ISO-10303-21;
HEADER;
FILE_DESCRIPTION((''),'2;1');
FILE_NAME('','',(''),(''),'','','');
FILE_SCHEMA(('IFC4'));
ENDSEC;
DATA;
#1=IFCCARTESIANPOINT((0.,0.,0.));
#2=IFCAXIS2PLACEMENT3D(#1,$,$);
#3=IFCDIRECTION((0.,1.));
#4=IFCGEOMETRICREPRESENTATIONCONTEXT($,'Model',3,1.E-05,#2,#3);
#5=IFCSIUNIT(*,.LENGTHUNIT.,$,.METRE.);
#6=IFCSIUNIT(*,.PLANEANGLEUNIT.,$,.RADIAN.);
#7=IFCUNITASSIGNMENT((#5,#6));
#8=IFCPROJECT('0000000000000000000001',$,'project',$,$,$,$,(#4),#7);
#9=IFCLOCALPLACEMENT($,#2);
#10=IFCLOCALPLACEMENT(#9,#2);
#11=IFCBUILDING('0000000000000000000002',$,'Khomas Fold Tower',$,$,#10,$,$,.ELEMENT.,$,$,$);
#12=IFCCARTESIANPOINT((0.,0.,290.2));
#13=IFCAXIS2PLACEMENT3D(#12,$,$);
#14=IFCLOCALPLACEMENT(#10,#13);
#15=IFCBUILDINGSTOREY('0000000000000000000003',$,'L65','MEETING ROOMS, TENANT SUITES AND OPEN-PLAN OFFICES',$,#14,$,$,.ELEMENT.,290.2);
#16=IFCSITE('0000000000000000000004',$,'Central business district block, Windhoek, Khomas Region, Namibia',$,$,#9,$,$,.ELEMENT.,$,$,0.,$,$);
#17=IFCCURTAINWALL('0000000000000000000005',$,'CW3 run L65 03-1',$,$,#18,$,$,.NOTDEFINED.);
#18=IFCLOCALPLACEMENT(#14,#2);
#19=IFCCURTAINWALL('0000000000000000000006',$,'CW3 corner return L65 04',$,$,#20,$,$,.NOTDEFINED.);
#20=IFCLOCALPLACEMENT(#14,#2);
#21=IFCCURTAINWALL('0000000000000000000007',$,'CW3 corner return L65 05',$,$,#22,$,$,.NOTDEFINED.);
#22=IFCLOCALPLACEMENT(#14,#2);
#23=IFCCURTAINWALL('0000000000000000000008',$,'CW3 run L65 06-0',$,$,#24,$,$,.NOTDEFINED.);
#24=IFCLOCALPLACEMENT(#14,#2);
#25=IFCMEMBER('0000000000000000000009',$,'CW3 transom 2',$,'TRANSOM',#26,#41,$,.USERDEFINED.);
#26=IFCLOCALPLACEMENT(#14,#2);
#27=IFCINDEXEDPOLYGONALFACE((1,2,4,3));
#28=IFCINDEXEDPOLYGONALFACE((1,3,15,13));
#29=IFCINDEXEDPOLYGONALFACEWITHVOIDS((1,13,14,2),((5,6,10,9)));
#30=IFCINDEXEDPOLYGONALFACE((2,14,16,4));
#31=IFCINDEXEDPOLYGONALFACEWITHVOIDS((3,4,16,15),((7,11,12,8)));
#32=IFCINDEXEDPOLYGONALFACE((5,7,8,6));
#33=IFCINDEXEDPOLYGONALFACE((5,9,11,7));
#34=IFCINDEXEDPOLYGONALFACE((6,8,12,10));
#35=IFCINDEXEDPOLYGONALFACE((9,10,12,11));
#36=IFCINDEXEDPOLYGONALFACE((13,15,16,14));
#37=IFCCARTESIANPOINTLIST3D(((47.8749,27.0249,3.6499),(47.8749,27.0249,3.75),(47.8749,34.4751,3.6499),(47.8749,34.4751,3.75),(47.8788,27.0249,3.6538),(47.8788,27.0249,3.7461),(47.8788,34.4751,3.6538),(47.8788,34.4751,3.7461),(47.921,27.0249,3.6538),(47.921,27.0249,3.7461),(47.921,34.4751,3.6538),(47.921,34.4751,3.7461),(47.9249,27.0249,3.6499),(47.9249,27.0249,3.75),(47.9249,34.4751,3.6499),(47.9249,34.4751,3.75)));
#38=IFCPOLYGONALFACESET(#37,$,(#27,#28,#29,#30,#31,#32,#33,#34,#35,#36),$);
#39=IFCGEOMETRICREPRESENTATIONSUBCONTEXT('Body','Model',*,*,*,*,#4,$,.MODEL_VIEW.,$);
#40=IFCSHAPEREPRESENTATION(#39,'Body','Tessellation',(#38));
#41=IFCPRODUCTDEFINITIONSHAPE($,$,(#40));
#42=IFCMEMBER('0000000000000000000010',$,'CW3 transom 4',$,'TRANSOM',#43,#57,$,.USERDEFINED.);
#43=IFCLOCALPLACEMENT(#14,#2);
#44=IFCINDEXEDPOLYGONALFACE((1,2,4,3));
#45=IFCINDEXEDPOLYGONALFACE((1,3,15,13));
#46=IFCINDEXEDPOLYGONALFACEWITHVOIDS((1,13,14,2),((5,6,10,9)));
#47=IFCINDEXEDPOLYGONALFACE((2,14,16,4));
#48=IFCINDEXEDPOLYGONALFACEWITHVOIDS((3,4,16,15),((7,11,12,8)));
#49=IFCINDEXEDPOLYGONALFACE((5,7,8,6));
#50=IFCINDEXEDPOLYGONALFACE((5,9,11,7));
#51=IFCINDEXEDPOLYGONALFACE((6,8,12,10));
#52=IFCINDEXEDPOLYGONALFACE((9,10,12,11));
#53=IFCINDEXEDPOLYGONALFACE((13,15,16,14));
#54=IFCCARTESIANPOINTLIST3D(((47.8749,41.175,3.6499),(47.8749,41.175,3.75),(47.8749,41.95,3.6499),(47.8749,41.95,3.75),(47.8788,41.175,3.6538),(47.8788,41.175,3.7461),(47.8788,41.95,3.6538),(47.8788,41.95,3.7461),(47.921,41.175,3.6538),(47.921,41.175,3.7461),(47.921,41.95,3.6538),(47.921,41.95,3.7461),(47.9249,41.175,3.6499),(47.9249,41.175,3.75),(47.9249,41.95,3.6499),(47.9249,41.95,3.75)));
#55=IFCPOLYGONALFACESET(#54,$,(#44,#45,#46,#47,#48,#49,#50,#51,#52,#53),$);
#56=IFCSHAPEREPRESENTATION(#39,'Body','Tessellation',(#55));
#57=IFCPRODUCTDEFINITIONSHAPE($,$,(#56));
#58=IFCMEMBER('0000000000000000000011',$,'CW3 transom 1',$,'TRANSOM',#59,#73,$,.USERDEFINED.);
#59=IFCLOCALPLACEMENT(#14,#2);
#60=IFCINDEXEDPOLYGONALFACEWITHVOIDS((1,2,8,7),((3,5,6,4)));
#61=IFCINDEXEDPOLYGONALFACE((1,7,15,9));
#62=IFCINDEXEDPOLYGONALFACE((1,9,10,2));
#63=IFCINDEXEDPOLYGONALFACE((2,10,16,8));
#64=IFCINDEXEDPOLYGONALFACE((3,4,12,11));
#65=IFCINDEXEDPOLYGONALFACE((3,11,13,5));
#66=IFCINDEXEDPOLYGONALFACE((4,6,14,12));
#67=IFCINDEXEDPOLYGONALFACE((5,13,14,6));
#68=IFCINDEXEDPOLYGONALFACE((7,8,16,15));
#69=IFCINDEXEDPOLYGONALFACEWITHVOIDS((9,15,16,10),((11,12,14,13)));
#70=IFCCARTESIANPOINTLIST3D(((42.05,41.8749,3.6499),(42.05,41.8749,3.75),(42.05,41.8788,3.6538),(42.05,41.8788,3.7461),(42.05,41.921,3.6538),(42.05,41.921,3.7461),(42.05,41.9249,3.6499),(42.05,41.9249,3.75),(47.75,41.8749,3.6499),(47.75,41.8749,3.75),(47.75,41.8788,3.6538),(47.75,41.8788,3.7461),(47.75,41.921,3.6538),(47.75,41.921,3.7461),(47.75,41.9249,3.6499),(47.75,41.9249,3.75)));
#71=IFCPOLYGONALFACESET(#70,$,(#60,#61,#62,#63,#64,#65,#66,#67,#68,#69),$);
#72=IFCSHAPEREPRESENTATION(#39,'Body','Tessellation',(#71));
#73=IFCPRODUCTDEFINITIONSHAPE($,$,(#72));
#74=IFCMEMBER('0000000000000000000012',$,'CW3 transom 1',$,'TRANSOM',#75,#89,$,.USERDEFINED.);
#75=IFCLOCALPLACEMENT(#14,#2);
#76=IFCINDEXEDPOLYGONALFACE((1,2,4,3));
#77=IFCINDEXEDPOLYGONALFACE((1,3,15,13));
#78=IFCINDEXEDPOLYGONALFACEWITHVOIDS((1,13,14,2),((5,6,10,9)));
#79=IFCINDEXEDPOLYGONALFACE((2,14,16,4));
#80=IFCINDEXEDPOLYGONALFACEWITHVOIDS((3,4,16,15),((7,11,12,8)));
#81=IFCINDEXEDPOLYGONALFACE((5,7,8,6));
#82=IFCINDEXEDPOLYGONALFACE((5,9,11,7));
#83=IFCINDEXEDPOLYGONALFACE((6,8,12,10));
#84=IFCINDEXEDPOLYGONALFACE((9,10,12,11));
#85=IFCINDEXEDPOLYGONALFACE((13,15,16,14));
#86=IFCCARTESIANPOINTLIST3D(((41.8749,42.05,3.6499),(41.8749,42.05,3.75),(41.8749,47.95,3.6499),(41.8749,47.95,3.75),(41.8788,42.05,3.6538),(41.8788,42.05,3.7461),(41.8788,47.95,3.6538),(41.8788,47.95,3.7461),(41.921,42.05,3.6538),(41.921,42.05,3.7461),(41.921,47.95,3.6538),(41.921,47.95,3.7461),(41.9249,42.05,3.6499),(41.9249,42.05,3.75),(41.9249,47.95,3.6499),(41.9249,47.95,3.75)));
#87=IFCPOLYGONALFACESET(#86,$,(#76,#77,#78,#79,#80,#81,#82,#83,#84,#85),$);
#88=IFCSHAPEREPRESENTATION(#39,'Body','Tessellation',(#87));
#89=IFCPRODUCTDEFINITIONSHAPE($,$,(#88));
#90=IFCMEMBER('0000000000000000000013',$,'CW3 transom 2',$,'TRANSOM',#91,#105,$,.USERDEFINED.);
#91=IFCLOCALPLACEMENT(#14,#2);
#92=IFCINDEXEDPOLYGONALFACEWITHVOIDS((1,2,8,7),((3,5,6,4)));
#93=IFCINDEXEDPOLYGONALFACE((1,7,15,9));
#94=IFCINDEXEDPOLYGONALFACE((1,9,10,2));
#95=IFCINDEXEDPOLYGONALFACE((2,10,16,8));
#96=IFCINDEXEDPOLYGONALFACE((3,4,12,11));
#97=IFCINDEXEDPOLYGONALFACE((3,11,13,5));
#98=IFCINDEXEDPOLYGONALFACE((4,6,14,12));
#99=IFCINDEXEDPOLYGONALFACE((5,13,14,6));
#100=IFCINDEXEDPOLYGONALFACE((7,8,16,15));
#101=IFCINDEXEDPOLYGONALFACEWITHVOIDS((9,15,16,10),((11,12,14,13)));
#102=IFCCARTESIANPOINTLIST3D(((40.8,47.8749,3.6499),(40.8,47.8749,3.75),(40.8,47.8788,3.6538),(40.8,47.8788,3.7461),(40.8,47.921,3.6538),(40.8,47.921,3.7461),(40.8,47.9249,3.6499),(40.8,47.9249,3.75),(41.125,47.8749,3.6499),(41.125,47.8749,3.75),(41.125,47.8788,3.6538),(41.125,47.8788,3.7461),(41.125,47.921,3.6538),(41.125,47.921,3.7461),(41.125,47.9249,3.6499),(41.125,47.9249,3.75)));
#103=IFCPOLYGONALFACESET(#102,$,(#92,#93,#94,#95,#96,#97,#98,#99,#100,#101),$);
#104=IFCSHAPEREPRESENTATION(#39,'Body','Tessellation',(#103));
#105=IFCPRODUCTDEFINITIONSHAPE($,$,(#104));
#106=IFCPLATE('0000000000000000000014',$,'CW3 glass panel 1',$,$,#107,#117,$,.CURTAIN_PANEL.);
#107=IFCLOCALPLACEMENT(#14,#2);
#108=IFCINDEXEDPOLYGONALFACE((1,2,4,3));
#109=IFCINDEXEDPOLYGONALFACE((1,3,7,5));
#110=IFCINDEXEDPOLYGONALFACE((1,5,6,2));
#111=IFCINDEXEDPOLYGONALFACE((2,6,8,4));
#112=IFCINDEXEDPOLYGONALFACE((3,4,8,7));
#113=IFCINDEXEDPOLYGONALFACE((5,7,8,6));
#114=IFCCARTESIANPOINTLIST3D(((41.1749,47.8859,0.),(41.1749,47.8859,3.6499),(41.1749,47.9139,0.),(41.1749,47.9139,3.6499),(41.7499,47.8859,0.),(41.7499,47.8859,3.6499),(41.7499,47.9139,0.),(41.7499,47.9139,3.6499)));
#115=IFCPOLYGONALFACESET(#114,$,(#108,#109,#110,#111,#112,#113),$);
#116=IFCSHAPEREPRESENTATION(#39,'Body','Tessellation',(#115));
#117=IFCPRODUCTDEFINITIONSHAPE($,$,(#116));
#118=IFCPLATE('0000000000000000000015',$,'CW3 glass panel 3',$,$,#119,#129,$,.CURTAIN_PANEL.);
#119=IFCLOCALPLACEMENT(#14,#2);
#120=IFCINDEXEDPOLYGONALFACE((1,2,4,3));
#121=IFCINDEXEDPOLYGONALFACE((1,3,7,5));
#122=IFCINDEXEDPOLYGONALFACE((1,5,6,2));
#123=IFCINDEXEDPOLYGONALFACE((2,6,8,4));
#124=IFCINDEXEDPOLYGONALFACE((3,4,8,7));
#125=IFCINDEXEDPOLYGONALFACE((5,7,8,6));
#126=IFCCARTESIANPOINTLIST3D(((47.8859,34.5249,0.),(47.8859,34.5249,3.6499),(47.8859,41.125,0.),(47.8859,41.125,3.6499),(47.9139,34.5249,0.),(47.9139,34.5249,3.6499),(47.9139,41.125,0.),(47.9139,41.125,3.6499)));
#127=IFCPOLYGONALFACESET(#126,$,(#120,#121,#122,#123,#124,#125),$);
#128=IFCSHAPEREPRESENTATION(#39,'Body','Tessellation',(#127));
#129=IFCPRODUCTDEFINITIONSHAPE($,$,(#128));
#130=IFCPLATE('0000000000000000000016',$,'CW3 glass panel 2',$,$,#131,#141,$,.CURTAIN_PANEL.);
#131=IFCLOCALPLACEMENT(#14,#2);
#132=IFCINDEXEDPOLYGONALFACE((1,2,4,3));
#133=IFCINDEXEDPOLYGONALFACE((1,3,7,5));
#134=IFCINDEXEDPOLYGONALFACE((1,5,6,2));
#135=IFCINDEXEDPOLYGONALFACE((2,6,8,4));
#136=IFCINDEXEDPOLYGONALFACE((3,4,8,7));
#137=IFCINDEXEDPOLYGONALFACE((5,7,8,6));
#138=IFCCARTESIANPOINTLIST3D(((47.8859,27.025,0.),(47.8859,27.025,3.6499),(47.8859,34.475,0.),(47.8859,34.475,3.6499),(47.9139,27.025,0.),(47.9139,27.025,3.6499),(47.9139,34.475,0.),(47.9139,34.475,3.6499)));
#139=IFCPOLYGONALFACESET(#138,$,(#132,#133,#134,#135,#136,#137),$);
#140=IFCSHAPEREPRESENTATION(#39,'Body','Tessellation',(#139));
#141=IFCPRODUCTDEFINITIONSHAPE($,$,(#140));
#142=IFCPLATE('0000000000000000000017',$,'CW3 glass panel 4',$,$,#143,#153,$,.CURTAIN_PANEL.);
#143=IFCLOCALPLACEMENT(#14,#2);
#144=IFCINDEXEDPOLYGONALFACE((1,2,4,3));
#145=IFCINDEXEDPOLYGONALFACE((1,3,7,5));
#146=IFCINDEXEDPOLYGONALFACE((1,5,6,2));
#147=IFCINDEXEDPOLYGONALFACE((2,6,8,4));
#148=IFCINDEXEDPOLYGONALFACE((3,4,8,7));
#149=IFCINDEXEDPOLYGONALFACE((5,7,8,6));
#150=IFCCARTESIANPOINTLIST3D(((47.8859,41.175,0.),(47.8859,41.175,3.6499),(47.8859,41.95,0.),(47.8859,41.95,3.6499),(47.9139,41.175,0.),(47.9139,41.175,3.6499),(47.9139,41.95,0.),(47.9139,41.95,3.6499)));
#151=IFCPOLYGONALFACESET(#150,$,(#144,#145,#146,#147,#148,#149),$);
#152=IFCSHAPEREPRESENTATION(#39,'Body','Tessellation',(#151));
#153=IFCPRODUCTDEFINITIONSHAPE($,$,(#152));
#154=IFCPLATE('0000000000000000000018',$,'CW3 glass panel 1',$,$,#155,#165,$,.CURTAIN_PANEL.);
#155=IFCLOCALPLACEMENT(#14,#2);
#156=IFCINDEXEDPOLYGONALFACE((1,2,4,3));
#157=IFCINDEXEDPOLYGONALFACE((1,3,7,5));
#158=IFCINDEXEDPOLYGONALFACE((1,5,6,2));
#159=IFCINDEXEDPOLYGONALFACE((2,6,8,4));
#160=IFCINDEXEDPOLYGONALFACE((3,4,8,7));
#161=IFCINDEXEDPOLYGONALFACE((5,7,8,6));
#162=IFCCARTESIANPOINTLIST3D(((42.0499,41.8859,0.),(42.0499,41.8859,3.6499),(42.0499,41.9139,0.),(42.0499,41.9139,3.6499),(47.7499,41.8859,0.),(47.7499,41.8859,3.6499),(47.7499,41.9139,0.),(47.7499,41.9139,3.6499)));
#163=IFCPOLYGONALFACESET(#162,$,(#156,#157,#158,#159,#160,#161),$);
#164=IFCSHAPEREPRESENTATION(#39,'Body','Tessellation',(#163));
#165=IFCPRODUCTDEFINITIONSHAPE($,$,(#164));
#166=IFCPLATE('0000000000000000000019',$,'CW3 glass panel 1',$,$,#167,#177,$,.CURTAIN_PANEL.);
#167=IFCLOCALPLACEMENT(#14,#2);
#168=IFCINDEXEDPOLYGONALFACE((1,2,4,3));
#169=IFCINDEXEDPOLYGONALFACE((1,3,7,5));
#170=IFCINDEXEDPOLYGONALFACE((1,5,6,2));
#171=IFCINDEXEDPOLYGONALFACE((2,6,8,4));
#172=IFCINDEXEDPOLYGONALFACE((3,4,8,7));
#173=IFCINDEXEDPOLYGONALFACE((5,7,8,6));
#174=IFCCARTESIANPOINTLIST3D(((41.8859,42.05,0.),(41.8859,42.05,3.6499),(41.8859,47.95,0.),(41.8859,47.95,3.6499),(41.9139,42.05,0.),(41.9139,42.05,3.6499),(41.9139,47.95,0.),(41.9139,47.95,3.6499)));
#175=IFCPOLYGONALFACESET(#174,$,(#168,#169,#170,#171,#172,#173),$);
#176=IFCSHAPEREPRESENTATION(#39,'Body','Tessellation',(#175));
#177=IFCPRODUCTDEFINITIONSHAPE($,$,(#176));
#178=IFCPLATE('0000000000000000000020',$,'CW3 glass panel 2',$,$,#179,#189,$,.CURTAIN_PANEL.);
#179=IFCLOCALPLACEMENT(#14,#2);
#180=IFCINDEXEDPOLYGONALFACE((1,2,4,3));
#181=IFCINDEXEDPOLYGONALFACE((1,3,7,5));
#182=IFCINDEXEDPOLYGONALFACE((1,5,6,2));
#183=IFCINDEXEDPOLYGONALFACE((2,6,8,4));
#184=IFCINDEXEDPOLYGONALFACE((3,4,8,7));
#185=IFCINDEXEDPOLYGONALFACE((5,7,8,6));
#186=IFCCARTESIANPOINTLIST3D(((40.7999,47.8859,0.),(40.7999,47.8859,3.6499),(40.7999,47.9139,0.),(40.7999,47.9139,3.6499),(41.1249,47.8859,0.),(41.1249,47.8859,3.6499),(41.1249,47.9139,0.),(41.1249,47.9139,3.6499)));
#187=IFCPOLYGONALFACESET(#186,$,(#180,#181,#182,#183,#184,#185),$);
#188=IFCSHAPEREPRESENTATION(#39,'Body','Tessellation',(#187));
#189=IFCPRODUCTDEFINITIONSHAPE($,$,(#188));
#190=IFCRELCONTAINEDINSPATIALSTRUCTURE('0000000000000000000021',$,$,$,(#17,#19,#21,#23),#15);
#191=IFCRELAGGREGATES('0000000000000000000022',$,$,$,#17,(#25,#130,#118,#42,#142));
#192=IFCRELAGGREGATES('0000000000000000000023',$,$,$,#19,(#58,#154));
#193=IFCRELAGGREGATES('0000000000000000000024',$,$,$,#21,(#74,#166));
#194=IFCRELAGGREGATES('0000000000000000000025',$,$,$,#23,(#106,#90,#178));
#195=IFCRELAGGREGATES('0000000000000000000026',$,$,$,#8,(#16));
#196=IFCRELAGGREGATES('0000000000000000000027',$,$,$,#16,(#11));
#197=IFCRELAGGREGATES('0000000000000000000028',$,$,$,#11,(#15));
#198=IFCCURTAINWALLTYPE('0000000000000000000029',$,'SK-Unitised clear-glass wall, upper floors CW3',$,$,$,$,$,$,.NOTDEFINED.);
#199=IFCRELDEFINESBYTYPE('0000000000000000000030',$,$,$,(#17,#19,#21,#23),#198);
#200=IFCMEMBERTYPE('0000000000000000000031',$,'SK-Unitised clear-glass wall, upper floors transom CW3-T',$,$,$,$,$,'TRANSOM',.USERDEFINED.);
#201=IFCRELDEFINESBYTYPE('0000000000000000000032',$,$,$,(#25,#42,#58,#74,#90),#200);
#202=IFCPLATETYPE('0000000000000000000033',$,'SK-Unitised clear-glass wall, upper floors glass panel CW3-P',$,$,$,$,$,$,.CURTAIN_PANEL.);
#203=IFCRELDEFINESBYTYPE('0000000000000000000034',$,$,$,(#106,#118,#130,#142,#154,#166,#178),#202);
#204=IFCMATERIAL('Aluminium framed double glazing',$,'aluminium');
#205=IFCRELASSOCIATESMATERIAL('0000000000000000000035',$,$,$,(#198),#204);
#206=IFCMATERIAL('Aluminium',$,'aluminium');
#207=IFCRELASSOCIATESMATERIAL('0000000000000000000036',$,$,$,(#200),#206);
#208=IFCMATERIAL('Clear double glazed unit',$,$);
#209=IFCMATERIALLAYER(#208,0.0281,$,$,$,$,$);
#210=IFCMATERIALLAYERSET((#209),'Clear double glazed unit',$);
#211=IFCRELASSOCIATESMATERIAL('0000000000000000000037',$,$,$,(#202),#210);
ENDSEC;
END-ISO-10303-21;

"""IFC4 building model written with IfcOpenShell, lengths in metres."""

from ifc_helpers import new_model, si_unit, direction, frame, origin, origin_2d, place, context, subcontext, project, spatial, rectangle, hollow_rectangle, extrude, source, transform, mapped, material, layer, layer_set, material_profile, profile_set, type_object, element, aggregate, save


model = new_model("IFC4")

# Units and contexts
model_context = context("Model", 3, precision=1e-05, world=origin(), true_north=direction((0.0, 1.0)))
body_context = subcontext(model_context, "Body", "Model", "MODEL_VIEW")
ifc_project = project(units=[si_unit("LENGTHUNIT", "METRE"), si_unit("PLANEANGLEUNIT", "RADIAN")], contexts=[model_context])

# Site, building, storey
site_placement = place(None, origin())
site = spatial("IfcSite", under=ifc_project, at=site_placement, Name="Central business district block, Windhoek, Khomas Region, Namibia", CompositionType="ELEMENT", RefElevation=0.0)
building_placement = place(site_placement, origin())
building = spatial("IfcBuilding", under=site, at=building_placement, Name="Khomas Fold Tower", CompositionType="ELEMENT")
storey_placement = place(building_placement, frame((0.0, 0.0, 290.2)))
storey = spatial("IfcBuildingStorey", under=building, at=storey_placement, Name="L65", Description="MEETING ROOMS, TENANT SUITES AND OPEN-PLAN OFFICES", CompositionType="ELEMENT", Elevation=290.2)

# Curtain walls
ifc_material_1 = material(Name="Aluminium framed double glazing", Category="aluminium")
curtain_wall_type = type_object("IfcCurtainWallType", Name="SK-Unitised clear-glass wall, upper floors CW3", PredefinedType="NOTDEFINED", material=ifc_material_1)
curtain_wall_1_placement = place(storey_placement, origin())
curtain_wall_1 = element("IfcCurtainWall", 1, at=curtain_wall_1_placement, inside=storey, type_object=curtain_wall_type, Name="CW3 run L65 03-1", PredefinedType="NOTDEFINED")
curtain_wall_2_placement = place(storey_placement, origin())
curtain_wall_2 = element("IfcCurtainWall", 2, at=curtain_wall_2_placement, inside=storey, type_object=curtain_wall_type, Name="CW3 corner return L65 04", PredefinedType="NOTDEFINED")
curtain_wall_3_placement = place(storey_placement, origin())
curtain_wall_3 = element("IfcCurtainWall", 3, at=curtain_wall_3_placement, inside=storey, type_object=curtain_wall_type, Name="CW3 corner return L65 05", PredefinedType="NOTDEFINED")
curtain_wall_4_placement = place(storey_placement, origin())
curtain_wall_4 = element("IfcCurtainWall", 4, at=curtain_wall_4_placement, inside=storey, type_object=curtain_wall_type, Name="CW3 run L65 06-0", PredefinedType="NOTDEFINED")
ifc_material_2 = material(Name="Aluminium", Category="aluminium")
ifc_material_profile_1 = material_profile(ifc_material_2, hollow_rectangle(XDim=0.05, YDim=0.1001, WallThickness=0.0039, at=origin_2d()), Name="SK-Unitised clear-glass wall, upper floors transom CW3-T")
ifc_profile_set_1 = profile_set([ifc_material_profile_1], Name="Aluminium")
member_type_1 = type_object("IfcMemberType", Name="SK-Unitised clear-glass wall, upper floors transom CW3-T", ElementType="TRANSOM", PredefinedType="USERDEFINED", material=ifc_profile_set_1)

# Members
shared_shape_1 = source(origin(), body_context, "Body", "SweptSolid", [
    extrude(hollow_rectangle(XDim=0.05, YDim=0.1001, WallThickness=0.0039, at=origin_2d()), origin(), (0.0, 0.0, 1.0), 7.4502),
])
member_1_placement = place(storey_placement, frame((47.8999, 27.0249, 3.7), z_axis=(0.0, 1.0, 0.0), x_axis=(-1.0, 0.0, 0.0)))
member_1 = element("IfcMember", 5, at=member_1_placement, type_object=member_type_1, Name="CW3 transom 2", ObjectType="TRANSOM", PredefinedType="USERDEFINED", context=body_context, shape_type="MappedRepresentation", body=[
    mapped(shared_shape_1, transform((0.0, 0.0, 0.0))),
])
shared_shape_2 = source(origin(), body_context, "Body", "SweptSolid", [
    extrude(hollow_rectangle(XDim=0.05, YDim=0.1001, WallThickness=0.0039, at=origin_2d()), origin(), (0.0, 0.0, 1.0), 0.7749),
])
member_2_placement = place(storey_placement, frame((47.8999, 41.175, 3.7), z_axis=(0.0, 1.0, 0.0), x_axis=(-1.0, 0.0, 0.0)))
member_2 = element("IfcMember", 6, at=member_2_placement, type_object=member_type_1, Name="CW3 transom 4", ObjectType="TRANSOM", PredefinedType="USERDEFINED", context=body_context, shape_type="MappedRepresentation", body=[
    mapped(shared_shape_2, transform((0.0, 0.0, 0.0))),
])
shared_shape_3 = source(origin(), body_context, "Body", "SweptSolid", [
    extrude(hollow_rectangle(XDim=0.05, YDim=0.1001, WallThickness=0.0039, at=origin_2d()), origin(), (0.0, 0.0, 1.0), 5.7),
])
member_3_placement = place(storey_placement, frame((47.75, 41.8999, 3.7), z_axis=(-1.0, 0.0, 0.0), x_axis=(0.0, -1.0, 0.0)))
member_3 = element("IfcMember", 7, at=member_3_placement, type_object=member_type_1, Name="CW3 transom 1", ObjectType="TRANSOM", PredefinedType="USERDEFINED", context=body_context, shape_type="MappedRepresentation", body=[
    mapped(shared_shape_3, transform((0.0, 0.0, 0.0))),
])
shared_shape_4 = source(origin(), body_context, "Body", "SweptSolid", [
    extrude(hollow_rectangle(XDim=0.05, YDim=0.1001, WallThickness=0.0039, at=origin_2d()), origin(), (0.0, 0.0, 1.0), 5.8999),
])
member_4_placement = place(storey_placement, frame((41.8999, 42.05, 3.7), z_axis=(0.0, 1.0, 0.0), x_axis=(-1.0, 0.0, 0.0)))
member_4 = element("IfcMember", 8, at=member_4_placement, type_object=member_type_1, Name="CW3 transom 1", ObjectType="TRANSOM", PredefinedType="USERDEFINED", context=body_context, shape_type="MappedRepresentation", body=[
    mapped(shared_shape_4, transform((0.0, 0.0, 0.0))),
])
shared_shape_5 = source(origin(), body_context, "Body", "SweptSolid", [
    extrude(hollow_rectangle(XDim=0.05, YDim=0.1001, WallThickness=0.0039, at=origin_2d()), origin(), (0.0, 0.0, 1.0), 0.325),
])
member_5_placement = place(storey_placement, frame((41.125, 47.8999, 3.7), z_axis=(-1.0, 0.0, 0.0), x_axis=(0.0, -1.0, 0.0)))
member_5 = element("IfcMember", 9, at=member_5_placement, type_object=member_type_1, Name="CW3 transom 2", ObjectType="TRANSOM", PredefinedType="USERDEFINED", context=body_context, shape_type="MappedRepresentation", body=[
    mapped(shared_shape_5, transform((0.0, 0.0, 0.0))),
])

# Plates
ifc_material_3 = material(Name="Clear double glazed unit")
ifc_layer_1 = layer(ifc_material_3, 0.0281)
ifc_layer_set_1 = layer_set([ifc_layer_1], Name="Clear double glazed unit")
plate_type = type_object("IfcPlateType", Name="SK-Unitised clear-glass wall, upper floors glass panel CW3-P", PredefinedType="CURTAIN_PANEL", material=ifc_layer_set_1)
shared_shape_6 = source(origin(), body_context, "Body", "SweptSolid", [
    extrude(rectangle(XDim=0.575, YDim=0.0281, at=origin_2d()), origin(), (0.0, 0.0, 1.0), 3.6499),
])
plate_1_placement = place(storey_placement, frame((41.4624, 47.8999, 0.0), z_axis=(0.0, 0.0, 1.0), x_axis=(-1.0, 0.0, 0.0)))
plate_1 = element("IfcPlate", 10, at=plate_1_placement, type_object=plate_type, Name="CW3 glass panel 1", PredefinedType="CURTAIN_PANEL", context=body_context, shape_type="MappedRepresentation", body=[
    mapped(shared_shape_6, transform((0.0, 0.0, 0.0))),
])
shared_shape_7 = source(origin(), body_context, "Body", "SweptSolid", [
    extrude(rectangle(XDim=6.6001, YDim=0.0281, at=origin_2d()), origin(), (0.0, 0.0, 1.0), 3.6499),
])
plate_2_placement = place(storey_placement, frame((47.8999, 37.825, 0.0), z_axis=(0.0, 0.0, 1.0), x_axis=(0.0, 1.0, 0.0)))
plate_2 = element("IfcPlate", 11, at=plate_2_placement, type_object=plate_type, Name="CW3 glass panel 3", PredefinedType="CURTAIN_PANEL", context=body_context, shape_type="MappedRepresentation", body=[
    mapped(shared_shape_7, transform((0.0, 0.0, 0.0))),
])
shared_shape_8 = source(origin(), body_context, "Body", "SweptSolid", [
    extrude(rectangle(XDim=7.45, YDim=0.0281, at=origin_2d()), origin(), (0.0, 0.0, 1.0), 3.6499),
])
plate_3_placement = place(storey_placement, frame((47.8999, 30.75, 0.0), z_axis=(0.0, 0.0, 1.0), x_axis=(0.0, 1.0, 0.0)))
plate_3 = element("IfcPlate", 12, at=plate_3_placement, type_object=plate_type, Name="CW3 glass panel 2", PredefinedType="CURTAIN_PANEL", context=body_context, shape_type="MappedRepresentation", body=[
    mapped(shared_shape_8, transform((0.0, 0.0, 0.0))),
])
shared_shape_9 = source(origin(), body_context, "Body", "SweptSolid", [
    extrude(rectangle(XDim=0.7749, YDim=0.0281, at=origin_2d()), origin(), (0.0, 0.0, 1.0), 3.6499),
])
plate_4_placement = place(storey_placement, frame((47.8999, 41.5625, 0.0), z_axis=(0.0, 0.0, 1.0), x_axis=(0.0, 1.0, 0.0)))
plate_4 = element("IfcPlate", 13, at=plate_4_placement, type_object=plate_type, Name="CW3 glass panel 4", PredefinedType="CURTAIN_PANEL", context=body_context, shape_type="MappedRepresentation", body=[
    mapped(shared_shape_9, transform((0.0, 0.0, 0.0))),
])
aggregate(curtain_wall_1, [member_1, plate_3, plate_2, member_2, plate_4])
shared_shape_10 = source(origin(), body_context, "Body", "SweptSolid", [
    extrude(rectangle(XDim=5.7, YDim=0.0281, at=origin_2d()), origin(), (0.0, 0.0, 1.0), 3.6499),
])
plate_5_placement = place(storey_placement, frame((44.8999, 41.8999, 0.0), z_axis=(0.0, 0.0, 1.0), x_axis=(-1.0, 0.0, 0.0)))
plate_5 = element("IfcPlate", 14, at=plate_5_placement, type_object=plate_type, Name="CW3 glass panel 1", PredefinedType="CURTAIN_PANEL", context=body_context, shape_type="MappedRepresentation", body=[
    mapped(shared_shape_10, transform((0.0, 0.0, 0.0))),
])
aggregate(curtain_wall_2, [member_3, plate_5])
shared_shape_11 = source(origin(), body_context, "Body", "SweptSolid", [
    extrude(rectangle(XDim=5.8999, YDim=0.0281, at=origin_2d()), origin(), (0.0, 0.0, 1.0), 3.6499),
])
plate_6_placement = place(storey_placement, frame((41.8999, 45.0, 0.0), z_axis=(0.0, 0.0, 1.0), x_axis=(0.0, 1.0, 0.0)))
plate_6 = element("IfcPlate", 15, at=plate_6_placement, type_object=plate_type, Name="CW3 glass panel 1", PredefinedType="CURTAIN_PANEL", context=body_context, shape_type="MappedRepresentation", body=[
    mapped(shared_shape_11, transform((0.0, 0.0, 0.0))),
])
aggregate(curtain_wall_3, [member_4, plate_6])
shared_shape_12 = source(origin(), body_context, "Body", "SweptSolid", [
    extrude(rectangle(XDim=0.325, YDim=0.0281, at=origin_2d()), origin(), (0.0, 0.0, 1.0), 3.6499),
])
plate_7_placement = place(storey_placement, frame((40.9624, 47.8999, 0.0), z_axis=(0.0, 0.0, 1.0), x_axis=(-1.0, 0.0, 0.0)))
plate_7 = element("IfcPlate", 16, at=plate_7_placement, type_object=plate_type, Name="CW3 glass panel 2", PredefinedType="CURTAIN_PANEL", context=body_context, shape_type="MappedRepresentation", body=[
    mapped(shared_shape_12, transform((0.0, 0.0, 0.0))),
])
aggregate(curtain_wall_4, [plate_1, member_5, plate_7])

save(model, "model.ifc")
